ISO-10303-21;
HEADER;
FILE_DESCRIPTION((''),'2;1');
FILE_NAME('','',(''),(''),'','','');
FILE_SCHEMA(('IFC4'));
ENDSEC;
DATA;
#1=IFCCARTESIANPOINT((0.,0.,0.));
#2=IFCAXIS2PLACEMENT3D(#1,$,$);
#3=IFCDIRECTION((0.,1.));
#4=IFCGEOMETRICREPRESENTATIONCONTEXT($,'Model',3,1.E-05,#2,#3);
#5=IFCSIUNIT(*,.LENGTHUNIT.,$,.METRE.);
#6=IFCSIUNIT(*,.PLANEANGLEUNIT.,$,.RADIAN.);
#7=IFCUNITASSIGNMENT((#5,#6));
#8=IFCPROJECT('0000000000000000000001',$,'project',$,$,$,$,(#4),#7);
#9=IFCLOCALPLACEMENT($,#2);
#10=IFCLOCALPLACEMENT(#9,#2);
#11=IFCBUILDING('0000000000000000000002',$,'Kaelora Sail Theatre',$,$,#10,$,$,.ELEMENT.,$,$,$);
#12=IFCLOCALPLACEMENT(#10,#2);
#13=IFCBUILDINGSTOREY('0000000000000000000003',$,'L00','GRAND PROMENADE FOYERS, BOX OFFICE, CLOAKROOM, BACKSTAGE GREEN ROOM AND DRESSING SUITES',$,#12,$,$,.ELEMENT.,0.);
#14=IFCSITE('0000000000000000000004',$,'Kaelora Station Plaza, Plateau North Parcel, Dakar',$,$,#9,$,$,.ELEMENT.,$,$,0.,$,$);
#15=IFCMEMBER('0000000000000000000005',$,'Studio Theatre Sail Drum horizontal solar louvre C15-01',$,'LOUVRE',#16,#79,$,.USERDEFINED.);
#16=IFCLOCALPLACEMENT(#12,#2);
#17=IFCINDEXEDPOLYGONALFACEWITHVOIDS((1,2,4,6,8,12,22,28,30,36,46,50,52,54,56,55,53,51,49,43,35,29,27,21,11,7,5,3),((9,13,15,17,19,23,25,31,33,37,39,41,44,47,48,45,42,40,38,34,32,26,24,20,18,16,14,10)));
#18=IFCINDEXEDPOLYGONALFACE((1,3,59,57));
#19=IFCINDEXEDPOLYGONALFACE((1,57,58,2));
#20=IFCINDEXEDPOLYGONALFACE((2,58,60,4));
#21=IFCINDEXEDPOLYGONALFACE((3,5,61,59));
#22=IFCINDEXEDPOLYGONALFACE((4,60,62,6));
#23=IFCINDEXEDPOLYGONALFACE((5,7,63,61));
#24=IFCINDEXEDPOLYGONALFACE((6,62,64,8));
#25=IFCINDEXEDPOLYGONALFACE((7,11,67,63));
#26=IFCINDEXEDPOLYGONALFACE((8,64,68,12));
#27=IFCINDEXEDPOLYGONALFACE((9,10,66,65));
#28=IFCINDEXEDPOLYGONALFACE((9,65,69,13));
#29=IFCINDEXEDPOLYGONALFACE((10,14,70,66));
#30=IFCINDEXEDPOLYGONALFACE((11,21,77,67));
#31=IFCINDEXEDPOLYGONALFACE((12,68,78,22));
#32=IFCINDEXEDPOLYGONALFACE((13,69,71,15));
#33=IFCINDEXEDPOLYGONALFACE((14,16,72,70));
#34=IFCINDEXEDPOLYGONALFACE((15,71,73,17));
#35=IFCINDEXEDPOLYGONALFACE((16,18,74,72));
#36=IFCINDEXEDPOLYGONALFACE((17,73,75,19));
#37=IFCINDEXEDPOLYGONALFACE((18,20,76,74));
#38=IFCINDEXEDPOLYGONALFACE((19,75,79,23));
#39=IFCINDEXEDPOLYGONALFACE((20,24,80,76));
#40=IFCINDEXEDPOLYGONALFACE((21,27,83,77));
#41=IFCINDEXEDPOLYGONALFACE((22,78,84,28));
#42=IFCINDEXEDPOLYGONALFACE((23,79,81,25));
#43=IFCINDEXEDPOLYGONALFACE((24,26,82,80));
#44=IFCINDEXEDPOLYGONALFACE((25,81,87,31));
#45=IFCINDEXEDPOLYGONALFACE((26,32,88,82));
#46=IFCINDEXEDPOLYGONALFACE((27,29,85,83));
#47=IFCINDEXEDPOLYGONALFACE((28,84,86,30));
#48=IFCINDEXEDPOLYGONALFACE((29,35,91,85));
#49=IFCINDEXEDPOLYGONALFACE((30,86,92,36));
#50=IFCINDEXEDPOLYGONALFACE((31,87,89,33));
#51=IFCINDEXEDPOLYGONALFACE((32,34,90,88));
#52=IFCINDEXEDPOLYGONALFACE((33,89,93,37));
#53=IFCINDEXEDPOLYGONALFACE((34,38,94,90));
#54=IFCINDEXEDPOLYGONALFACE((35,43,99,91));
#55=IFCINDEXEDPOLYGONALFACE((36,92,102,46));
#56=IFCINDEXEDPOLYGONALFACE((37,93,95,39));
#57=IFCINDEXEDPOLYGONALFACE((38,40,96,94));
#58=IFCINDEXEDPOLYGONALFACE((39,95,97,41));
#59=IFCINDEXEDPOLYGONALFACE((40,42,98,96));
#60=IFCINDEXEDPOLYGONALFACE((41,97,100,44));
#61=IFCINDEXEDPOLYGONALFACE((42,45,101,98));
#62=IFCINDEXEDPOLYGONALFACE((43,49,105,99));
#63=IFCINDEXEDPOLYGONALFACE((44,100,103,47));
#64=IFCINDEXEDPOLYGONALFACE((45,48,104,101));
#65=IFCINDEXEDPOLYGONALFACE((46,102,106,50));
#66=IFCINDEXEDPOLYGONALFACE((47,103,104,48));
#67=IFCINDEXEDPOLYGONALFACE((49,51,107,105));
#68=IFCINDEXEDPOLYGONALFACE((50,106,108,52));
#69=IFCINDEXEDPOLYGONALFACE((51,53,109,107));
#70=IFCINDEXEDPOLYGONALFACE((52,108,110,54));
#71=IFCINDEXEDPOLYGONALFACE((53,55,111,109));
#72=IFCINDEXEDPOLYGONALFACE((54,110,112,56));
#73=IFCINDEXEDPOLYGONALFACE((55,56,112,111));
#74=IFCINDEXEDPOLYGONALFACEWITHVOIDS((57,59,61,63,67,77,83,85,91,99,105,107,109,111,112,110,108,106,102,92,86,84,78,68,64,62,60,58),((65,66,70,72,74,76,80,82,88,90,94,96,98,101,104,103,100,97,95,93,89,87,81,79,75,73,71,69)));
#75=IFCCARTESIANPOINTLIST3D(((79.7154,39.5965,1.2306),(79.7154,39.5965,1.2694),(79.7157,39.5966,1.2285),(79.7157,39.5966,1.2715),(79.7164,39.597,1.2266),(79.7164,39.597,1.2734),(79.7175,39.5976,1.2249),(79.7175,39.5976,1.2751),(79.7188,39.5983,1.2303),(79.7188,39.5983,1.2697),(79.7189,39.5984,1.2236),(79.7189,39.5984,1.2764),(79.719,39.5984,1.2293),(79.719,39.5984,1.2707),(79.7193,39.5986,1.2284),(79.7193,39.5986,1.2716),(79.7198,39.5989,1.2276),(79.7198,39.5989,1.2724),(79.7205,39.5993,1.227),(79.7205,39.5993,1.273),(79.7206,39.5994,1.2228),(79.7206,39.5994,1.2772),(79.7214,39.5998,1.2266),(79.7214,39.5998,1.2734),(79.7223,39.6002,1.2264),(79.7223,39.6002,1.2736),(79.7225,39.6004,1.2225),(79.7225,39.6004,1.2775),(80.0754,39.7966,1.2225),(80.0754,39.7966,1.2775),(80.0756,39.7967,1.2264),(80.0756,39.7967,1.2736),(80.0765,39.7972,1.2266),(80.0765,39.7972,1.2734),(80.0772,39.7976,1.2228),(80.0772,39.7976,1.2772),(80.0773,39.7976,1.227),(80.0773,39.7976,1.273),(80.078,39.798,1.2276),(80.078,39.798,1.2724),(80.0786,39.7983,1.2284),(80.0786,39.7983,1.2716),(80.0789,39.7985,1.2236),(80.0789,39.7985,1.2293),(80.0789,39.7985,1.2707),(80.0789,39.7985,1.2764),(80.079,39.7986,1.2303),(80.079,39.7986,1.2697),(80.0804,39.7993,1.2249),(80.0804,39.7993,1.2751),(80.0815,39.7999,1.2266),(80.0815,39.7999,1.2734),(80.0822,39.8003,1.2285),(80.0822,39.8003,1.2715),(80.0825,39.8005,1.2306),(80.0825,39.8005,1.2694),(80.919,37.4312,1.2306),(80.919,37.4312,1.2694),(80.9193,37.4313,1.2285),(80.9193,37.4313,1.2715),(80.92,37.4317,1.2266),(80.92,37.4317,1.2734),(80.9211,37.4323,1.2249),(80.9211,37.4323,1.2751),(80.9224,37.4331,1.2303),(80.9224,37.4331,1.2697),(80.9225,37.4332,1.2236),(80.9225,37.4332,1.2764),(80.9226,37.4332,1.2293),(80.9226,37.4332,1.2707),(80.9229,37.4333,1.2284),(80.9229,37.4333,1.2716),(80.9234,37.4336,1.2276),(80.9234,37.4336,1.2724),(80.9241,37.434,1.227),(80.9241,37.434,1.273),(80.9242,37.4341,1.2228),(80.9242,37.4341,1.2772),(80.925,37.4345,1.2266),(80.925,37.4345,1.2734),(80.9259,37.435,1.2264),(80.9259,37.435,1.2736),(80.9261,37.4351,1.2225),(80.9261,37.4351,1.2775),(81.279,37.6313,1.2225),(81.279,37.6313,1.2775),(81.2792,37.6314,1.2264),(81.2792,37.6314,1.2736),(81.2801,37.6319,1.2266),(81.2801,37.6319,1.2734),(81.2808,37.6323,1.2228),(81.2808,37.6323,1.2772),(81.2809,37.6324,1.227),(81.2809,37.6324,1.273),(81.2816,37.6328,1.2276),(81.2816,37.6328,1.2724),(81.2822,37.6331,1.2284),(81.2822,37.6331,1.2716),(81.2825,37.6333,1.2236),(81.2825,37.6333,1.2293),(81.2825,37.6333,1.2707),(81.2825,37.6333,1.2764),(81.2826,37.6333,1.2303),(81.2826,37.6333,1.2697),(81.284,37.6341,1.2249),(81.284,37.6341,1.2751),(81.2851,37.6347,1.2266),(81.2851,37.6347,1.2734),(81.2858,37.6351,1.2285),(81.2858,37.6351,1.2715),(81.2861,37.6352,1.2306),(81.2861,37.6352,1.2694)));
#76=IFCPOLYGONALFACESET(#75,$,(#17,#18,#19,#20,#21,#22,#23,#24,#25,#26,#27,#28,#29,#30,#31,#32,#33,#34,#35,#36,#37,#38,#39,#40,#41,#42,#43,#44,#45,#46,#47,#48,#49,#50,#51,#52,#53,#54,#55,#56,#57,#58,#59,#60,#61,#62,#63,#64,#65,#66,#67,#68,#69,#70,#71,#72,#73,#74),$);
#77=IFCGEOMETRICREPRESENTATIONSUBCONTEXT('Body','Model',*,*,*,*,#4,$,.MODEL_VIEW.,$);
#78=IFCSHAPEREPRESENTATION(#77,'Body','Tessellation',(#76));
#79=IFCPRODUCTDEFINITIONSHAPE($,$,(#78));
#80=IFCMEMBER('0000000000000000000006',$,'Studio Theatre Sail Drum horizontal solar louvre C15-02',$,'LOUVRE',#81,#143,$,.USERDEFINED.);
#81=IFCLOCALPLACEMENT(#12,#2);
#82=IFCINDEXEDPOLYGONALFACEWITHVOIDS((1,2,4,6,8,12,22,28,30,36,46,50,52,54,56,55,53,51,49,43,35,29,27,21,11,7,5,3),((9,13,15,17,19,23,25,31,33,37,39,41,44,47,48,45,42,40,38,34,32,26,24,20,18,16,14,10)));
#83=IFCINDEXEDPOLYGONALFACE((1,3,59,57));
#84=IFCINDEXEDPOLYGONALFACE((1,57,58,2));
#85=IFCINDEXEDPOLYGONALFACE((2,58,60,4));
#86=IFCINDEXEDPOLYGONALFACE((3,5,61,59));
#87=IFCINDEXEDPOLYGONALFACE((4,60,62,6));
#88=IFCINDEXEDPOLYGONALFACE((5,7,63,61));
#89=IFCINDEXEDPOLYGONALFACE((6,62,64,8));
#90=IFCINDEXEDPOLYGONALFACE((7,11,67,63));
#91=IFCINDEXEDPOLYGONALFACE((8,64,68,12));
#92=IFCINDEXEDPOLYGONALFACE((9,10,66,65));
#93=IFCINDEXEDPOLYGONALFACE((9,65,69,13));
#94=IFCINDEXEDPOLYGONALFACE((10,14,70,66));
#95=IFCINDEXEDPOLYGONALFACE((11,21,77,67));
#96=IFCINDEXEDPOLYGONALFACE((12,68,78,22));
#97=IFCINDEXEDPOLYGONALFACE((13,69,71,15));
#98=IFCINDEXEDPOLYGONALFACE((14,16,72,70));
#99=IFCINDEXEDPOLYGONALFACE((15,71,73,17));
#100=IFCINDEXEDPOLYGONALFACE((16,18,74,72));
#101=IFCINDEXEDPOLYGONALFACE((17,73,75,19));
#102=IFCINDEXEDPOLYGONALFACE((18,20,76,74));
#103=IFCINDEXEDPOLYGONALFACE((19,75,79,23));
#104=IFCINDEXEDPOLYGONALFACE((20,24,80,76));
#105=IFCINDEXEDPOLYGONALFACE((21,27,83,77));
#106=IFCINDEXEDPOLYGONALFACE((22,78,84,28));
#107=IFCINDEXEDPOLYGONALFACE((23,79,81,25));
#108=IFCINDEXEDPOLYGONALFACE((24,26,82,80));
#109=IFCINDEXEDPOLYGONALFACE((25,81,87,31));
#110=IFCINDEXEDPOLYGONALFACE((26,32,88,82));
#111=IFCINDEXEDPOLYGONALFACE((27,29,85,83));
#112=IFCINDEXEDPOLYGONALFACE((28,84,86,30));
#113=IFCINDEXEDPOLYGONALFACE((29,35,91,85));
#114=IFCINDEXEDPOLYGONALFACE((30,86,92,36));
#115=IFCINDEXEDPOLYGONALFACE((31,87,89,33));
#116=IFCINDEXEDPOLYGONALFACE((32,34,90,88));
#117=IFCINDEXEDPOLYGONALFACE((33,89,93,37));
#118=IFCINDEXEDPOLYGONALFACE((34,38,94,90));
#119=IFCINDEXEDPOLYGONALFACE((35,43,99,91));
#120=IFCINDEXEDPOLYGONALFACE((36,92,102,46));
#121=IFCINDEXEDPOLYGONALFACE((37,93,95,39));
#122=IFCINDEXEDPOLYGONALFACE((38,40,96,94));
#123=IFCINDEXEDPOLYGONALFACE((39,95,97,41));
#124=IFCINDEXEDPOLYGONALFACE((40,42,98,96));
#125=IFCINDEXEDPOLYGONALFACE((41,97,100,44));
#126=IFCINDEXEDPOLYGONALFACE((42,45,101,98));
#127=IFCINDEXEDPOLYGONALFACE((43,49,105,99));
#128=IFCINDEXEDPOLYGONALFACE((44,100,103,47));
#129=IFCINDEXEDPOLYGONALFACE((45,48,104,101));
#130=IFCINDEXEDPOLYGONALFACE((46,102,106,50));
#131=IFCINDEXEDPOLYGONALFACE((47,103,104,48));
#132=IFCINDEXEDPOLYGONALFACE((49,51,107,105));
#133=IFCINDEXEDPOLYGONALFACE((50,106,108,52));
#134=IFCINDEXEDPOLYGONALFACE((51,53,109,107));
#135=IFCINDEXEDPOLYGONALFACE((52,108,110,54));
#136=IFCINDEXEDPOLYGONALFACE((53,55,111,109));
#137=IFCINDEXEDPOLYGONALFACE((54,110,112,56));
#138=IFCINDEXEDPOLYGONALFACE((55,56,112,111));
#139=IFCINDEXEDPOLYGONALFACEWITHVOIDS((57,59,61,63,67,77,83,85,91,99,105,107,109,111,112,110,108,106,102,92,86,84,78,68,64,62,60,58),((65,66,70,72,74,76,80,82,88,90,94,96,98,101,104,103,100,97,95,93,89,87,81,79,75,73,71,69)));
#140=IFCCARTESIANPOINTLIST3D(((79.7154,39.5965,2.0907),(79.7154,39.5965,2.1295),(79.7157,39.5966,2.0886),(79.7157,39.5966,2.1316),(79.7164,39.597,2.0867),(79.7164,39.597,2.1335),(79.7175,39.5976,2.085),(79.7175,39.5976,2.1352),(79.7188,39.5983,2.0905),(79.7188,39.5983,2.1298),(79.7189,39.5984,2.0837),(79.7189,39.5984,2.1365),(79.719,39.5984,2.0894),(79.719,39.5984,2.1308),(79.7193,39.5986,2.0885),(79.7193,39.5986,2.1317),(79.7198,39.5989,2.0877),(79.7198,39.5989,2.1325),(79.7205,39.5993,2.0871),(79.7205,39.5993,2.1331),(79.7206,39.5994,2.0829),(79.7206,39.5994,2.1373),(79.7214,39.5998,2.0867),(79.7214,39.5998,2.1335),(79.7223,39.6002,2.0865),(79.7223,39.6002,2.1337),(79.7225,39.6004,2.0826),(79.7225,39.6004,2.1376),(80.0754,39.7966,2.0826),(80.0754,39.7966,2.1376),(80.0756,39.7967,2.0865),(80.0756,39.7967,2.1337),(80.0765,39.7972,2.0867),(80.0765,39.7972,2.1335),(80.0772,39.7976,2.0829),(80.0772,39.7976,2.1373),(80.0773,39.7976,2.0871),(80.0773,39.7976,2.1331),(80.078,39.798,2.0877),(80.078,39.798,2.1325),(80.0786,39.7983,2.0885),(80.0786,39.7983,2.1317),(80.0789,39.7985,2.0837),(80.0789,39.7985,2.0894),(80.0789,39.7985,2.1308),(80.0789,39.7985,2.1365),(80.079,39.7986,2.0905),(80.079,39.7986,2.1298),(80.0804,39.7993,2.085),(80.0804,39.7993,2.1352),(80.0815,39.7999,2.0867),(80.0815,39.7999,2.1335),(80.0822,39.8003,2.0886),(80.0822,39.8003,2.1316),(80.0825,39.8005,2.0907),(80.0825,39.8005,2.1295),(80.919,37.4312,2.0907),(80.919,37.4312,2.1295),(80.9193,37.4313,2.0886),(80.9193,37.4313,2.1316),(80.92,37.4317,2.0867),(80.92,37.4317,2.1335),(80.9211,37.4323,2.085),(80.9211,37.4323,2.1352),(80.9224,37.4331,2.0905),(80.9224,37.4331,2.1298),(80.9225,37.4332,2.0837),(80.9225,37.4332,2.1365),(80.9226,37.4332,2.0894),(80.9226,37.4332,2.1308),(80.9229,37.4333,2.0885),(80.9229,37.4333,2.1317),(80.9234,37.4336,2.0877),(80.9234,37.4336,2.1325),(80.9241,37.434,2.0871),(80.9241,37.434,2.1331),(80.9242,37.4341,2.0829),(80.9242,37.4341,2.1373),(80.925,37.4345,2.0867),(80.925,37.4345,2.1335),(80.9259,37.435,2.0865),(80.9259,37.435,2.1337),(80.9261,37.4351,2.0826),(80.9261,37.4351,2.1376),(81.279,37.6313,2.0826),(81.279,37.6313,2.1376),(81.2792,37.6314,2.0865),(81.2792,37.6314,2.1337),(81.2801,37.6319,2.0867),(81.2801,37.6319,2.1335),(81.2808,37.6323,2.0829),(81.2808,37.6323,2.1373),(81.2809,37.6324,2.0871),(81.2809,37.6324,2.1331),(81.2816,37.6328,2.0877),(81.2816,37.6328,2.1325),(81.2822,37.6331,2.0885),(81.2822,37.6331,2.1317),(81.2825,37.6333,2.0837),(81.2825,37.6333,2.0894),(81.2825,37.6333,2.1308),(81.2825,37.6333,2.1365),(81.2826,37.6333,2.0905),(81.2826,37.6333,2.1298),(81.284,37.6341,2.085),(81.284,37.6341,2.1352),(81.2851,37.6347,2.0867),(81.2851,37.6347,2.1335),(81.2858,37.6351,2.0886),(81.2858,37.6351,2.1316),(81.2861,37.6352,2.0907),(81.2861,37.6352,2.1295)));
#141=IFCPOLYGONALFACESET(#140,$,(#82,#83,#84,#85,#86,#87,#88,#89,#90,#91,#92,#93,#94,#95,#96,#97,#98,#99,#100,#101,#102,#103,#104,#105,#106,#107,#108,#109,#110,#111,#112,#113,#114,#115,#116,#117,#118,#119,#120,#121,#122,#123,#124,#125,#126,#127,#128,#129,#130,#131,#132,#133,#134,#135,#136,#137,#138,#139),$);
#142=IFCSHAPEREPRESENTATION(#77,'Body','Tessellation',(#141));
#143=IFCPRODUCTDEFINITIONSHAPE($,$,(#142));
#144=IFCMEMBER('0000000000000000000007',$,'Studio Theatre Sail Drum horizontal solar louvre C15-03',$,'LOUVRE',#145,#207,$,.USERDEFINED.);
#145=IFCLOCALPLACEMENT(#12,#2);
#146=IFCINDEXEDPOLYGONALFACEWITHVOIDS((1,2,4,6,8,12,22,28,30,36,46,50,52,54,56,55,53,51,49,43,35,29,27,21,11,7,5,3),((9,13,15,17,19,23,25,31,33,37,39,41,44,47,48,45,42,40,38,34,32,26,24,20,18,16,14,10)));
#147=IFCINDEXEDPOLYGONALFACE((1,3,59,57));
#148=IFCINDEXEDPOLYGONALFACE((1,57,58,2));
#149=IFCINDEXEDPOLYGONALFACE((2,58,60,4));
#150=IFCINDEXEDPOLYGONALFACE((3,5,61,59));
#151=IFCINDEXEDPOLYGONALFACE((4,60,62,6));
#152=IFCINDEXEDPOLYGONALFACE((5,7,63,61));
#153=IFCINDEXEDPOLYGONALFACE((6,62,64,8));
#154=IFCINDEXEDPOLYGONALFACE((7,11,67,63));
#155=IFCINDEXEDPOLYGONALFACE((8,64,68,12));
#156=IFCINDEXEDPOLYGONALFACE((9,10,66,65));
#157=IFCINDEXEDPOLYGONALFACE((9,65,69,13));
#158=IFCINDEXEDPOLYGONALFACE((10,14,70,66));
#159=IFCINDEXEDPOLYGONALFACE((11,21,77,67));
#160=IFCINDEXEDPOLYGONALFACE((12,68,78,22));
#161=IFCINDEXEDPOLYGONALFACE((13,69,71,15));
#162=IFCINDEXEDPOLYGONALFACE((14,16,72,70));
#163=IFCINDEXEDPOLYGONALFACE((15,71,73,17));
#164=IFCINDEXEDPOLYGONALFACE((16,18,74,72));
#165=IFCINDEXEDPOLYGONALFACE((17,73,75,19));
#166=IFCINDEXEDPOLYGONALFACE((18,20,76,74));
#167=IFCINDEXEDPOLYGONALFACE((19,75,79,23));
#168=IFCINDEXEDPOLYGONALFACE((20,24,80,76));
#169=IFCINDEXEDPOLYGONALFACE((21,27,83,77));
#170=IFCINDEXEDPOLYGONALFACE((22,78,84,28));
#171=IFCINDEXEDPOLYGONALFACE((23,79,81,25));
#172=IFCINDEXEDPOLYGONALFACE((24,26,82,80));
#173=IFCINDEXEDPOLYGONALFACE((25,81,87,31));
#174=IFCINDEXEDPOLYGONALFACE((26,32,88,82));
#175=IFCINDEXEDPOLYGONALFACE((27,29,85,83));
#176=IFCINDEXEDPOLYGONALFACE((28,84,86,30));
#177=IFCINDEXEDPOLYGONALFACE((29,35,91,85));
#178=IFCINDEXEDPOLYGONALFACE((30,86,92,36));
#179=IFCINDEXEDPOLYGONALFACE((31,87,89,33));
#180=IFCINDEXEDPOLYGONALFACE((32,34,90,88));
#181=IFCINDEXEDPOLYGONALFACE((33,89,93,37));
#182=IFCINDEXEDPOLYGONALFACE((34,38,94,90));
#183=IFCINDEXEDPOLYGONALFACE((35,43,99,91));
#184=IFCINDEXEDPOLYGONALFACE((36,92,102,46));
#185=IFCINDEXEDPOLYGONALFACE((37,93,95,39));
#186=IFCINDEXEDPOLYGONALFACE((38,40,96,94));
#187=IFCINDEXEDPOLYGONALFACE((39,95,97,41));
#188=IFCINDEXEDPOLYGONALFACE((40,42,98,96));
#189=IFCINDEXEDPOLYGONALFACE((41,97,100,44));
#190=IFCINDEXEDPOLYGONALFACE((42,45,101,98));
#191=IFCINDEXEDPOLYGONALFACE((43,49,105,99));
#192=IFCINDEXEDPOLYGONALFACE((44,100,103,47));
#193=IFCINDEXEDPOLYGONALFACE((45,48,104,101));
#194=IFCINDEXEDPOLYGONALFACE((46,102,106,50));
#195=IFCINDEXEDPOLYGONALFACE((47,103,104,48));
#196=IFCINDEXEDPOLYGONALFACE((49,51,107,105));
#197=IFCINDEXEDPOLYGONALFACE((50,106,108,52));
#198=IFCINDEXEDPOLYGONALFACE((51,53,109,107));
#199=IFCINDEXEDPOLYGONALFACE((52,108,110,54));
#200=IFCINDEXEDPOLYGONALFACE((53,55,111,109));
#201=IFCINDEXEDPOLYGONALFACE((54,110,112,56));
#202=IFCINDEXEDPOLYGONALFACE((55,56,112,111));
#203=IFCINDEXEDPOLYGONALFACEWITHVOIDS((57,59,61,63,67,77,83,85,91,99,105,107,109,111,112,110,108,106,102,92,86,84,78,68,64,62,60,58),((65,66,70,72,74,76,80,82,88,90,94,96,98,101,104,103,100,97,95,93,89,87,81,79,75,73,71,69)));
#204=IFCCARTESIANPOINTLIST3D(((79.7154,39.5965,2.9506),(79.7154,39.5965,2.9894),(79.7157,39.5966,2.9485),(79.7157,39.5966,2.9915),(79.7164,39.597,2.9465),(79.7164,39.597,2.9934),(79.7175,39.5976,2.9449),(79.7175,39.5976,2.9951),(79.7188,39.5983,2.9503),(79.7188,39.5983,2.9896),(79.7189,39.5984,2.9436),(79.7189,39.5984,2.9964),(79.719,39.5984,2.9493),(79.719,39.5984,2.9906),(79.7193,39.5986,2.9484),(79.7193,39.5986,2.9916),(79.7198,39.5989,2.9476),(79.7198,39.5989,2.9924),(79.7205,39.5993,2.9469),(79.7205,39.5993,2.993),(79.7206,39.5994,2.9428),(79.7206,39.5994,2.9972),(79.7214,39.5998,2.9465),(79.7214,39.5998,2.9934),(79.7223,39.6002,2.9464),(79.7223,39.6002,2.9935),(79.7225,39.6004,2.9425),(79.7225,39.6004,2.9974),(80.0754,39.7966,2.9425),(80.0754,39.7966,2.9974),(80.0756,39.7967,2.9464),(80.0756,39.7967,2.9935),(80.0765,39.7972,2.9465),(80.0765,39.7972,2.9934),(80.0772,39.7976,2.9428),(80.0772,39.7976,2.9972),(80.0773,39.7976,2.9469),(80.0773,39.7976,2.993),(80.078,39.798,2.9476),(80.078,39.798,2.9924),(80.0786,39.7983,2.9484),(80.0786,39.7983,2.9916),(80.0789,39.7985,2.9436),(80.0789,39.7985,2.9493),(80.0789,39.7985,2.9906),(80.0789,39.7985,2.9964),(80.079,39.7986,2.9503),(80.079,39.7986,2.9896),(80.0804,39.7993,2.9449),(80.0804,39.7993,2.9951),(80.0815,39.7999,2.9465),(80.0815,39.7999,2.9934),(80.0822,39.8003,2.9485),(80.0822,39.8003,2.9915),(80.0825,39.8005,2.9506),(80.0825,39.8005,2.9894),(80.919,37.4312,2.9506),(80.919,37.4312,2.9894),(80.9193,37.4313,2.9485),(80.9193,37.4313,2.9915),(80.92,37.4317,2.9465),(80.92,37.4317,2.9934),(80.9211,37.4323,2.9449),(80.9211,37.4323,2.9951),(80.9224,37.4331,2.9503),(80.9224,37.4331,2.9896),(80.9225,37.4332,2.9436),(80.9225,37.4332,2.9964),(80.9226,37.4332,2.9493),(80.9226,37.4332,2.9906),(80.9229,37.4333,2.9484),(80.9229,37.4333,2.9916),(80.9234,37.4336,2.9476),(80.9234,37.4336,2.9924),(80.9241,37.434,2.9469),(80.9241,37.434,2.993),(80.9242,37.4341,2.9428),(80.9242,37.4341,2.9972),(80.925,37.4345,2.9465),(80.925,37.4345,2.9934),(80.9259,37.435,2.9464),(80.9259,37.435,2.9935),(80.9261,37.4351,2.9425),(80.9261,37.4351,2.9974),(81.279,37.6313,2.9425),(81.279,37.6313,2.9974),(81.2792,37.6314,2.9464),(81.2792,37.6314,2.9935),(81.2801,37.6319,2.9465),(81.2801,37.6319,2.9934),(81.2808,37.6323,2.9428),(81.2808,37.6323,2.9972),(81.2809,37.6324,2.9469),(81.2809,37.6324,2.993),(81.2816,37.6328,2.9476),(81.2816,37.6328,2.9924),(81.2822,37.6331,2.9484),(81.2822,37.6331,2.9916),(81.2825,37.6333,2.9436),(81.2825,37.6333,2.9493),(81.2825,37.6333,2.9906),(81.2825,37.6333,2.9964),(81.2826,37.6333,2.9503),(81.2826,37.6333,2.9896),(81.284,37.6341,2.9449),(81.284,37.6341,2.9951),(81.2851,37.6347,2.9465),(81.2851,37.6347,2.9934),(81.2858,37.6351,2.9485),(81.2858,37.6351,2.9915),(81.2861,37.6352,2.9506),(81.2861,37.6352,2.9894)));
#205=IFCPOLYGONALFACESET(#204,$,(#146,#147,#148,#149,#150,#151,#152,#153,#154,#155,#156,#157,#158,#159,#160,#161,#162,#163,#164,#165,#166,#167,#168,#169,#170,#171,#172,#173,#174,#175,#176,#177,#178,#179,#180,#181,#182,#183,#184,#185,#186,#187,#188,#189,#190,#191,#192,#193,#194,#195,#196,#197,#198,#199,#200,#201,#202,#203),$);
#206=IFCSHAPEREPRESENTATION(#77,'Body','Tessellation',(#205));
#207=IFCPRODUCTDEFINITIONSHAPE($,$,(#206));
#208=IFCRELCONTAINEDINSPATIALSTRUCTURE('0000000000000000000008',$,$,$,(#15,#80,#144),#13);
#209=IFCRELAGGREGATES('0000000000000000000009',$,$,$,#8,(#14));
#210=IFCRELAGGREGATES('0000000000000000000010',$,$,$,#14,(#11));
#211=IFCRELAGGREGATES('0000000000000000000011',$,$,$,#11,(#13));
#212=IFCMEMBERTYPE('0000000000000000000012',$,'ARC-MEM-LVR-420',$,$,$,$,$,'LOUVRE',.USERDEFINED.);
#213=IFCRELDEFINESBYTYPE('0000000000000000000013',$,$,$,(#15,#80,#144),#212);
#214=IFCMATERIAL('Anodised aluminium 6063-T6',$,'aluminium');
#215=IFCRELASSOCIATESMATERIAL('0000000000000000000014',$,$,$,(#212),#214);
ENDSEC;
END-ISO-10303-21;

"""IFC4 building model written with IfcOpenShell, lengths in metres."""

from ifc_helpers import new_model, si_unit, direction, frame, origin, origin_2d, place, context, subcontext, project, spatial, hollow_rectangle, extrude, material, material_profile, profile_set, type_object, element, save


model = new_model("IFC4")

# Units and contexts
model_context = context("Model", 3, precision=1e-05, world=origin(), true_north=direction((0.0, 1.0)))
body_context = subcontext(model_context, "Body", "Model", "MODEL_VIEW")
ifc_project = project(units=[si_unit("LENGTHUNIT", "METRE"), si_unit("PLANEANGLEUNIT", "RADIAN")], contexts=[model_context])

# Site, building, storey
site_placement = place(None, origin())
site = spatial("IfcSite", under=ifc_project, at=site_placement, Name="Kaelora Station Plaza, Plateau North Parcel, Dakar", CompositionType="ELEMENT", RefElevation=0.0)
building_placement = place(site_placement, origin())
building = spatial("IfcBuilding", under=site, at=building_placement, Name="Kaelora Sail Theatre", CompositionType="ELEMENT")
storey_placement = place(building_placement, origin())
storey = spatial("IfcBuildingStorey", under=building, at=storey_placement, Name="L00", Description="GRAND PROMENADE FOYERS, BOX OFFICE, CLOAKROOM, BACKSTAGE GREEN ROOM AND DRESSING SUITES", CompositionType="ELEMENT", Elevation=0.0)

# Members
ifc_material_1 = material(Name="Anodised aluminium 6063-T6", Category="aluminium")
ifc_material_profile_1 = material_profile(ifc_material_1, hollow_rectangle(XDim=0.4199, YDim=0.0549, WallThickness=0.0039, InnerFilletRadius=0.0039, OuterFilletRadius=0.0081, at=origin_2d()), Name="LOUVRE 420x55x4")
ifc_profile_set_1 = profile_set([ifc_material_profile_1], Name="Anodised aluminium 6063-T6")
member_type_1 = type_object("IfcMemberType", Name="ARC-MEM-LVR-420", ElementType="LOUVRE", PredefinedType="USERDEFINED", material=ifc_profile_set_1)
for number, where, z_axis, x_axis, name in (
    (1, (81.1025, 37.5332, 1.25), (-0.485852, 0.874041, 0.0), (-0.874041, -0.485852, 0.0), "Studio Theatre Sail Drum horizontal solar louvre C15-01"),
    (2, (81.1025, 37.5332, 2.1101), (-0.485852, 0.874041, 0.0), (-0.874041, -0.485852, 0.0), "Studio Theatre Sail Drum horizontal solar louvre C15-02"),
    (3, (81.1025, 37.5332, 2.97), (-0.485852, 0.874041, 0.0), (-0.874041, -0.485852, 0.0), "Studio Theatre Sail Drum horizontal solar louvre C15-03"),
):
    element("IfcMember", number, at=place(storey_placement, frame(where, z_axis=z_axis, x_axis=x_axis)), inside=storey, type_object=member_type_1, Name=name, ObjectType="LOUVRE", PredefinedType="USERDEFINED", context=body_context, shape_type="SweptSolid", body=[
        extrude(hollow_rectangle(XDim=0.4199, YDim=0.0549, WallThickness=0.0039, InnerFilletRadius=0.0039, OuterFilletRadius=0.0081, at=origin_2d()), origin(), (0.0, 0.0, 1.0), 2.4773),
    ])

save(model, "model.ifc")
